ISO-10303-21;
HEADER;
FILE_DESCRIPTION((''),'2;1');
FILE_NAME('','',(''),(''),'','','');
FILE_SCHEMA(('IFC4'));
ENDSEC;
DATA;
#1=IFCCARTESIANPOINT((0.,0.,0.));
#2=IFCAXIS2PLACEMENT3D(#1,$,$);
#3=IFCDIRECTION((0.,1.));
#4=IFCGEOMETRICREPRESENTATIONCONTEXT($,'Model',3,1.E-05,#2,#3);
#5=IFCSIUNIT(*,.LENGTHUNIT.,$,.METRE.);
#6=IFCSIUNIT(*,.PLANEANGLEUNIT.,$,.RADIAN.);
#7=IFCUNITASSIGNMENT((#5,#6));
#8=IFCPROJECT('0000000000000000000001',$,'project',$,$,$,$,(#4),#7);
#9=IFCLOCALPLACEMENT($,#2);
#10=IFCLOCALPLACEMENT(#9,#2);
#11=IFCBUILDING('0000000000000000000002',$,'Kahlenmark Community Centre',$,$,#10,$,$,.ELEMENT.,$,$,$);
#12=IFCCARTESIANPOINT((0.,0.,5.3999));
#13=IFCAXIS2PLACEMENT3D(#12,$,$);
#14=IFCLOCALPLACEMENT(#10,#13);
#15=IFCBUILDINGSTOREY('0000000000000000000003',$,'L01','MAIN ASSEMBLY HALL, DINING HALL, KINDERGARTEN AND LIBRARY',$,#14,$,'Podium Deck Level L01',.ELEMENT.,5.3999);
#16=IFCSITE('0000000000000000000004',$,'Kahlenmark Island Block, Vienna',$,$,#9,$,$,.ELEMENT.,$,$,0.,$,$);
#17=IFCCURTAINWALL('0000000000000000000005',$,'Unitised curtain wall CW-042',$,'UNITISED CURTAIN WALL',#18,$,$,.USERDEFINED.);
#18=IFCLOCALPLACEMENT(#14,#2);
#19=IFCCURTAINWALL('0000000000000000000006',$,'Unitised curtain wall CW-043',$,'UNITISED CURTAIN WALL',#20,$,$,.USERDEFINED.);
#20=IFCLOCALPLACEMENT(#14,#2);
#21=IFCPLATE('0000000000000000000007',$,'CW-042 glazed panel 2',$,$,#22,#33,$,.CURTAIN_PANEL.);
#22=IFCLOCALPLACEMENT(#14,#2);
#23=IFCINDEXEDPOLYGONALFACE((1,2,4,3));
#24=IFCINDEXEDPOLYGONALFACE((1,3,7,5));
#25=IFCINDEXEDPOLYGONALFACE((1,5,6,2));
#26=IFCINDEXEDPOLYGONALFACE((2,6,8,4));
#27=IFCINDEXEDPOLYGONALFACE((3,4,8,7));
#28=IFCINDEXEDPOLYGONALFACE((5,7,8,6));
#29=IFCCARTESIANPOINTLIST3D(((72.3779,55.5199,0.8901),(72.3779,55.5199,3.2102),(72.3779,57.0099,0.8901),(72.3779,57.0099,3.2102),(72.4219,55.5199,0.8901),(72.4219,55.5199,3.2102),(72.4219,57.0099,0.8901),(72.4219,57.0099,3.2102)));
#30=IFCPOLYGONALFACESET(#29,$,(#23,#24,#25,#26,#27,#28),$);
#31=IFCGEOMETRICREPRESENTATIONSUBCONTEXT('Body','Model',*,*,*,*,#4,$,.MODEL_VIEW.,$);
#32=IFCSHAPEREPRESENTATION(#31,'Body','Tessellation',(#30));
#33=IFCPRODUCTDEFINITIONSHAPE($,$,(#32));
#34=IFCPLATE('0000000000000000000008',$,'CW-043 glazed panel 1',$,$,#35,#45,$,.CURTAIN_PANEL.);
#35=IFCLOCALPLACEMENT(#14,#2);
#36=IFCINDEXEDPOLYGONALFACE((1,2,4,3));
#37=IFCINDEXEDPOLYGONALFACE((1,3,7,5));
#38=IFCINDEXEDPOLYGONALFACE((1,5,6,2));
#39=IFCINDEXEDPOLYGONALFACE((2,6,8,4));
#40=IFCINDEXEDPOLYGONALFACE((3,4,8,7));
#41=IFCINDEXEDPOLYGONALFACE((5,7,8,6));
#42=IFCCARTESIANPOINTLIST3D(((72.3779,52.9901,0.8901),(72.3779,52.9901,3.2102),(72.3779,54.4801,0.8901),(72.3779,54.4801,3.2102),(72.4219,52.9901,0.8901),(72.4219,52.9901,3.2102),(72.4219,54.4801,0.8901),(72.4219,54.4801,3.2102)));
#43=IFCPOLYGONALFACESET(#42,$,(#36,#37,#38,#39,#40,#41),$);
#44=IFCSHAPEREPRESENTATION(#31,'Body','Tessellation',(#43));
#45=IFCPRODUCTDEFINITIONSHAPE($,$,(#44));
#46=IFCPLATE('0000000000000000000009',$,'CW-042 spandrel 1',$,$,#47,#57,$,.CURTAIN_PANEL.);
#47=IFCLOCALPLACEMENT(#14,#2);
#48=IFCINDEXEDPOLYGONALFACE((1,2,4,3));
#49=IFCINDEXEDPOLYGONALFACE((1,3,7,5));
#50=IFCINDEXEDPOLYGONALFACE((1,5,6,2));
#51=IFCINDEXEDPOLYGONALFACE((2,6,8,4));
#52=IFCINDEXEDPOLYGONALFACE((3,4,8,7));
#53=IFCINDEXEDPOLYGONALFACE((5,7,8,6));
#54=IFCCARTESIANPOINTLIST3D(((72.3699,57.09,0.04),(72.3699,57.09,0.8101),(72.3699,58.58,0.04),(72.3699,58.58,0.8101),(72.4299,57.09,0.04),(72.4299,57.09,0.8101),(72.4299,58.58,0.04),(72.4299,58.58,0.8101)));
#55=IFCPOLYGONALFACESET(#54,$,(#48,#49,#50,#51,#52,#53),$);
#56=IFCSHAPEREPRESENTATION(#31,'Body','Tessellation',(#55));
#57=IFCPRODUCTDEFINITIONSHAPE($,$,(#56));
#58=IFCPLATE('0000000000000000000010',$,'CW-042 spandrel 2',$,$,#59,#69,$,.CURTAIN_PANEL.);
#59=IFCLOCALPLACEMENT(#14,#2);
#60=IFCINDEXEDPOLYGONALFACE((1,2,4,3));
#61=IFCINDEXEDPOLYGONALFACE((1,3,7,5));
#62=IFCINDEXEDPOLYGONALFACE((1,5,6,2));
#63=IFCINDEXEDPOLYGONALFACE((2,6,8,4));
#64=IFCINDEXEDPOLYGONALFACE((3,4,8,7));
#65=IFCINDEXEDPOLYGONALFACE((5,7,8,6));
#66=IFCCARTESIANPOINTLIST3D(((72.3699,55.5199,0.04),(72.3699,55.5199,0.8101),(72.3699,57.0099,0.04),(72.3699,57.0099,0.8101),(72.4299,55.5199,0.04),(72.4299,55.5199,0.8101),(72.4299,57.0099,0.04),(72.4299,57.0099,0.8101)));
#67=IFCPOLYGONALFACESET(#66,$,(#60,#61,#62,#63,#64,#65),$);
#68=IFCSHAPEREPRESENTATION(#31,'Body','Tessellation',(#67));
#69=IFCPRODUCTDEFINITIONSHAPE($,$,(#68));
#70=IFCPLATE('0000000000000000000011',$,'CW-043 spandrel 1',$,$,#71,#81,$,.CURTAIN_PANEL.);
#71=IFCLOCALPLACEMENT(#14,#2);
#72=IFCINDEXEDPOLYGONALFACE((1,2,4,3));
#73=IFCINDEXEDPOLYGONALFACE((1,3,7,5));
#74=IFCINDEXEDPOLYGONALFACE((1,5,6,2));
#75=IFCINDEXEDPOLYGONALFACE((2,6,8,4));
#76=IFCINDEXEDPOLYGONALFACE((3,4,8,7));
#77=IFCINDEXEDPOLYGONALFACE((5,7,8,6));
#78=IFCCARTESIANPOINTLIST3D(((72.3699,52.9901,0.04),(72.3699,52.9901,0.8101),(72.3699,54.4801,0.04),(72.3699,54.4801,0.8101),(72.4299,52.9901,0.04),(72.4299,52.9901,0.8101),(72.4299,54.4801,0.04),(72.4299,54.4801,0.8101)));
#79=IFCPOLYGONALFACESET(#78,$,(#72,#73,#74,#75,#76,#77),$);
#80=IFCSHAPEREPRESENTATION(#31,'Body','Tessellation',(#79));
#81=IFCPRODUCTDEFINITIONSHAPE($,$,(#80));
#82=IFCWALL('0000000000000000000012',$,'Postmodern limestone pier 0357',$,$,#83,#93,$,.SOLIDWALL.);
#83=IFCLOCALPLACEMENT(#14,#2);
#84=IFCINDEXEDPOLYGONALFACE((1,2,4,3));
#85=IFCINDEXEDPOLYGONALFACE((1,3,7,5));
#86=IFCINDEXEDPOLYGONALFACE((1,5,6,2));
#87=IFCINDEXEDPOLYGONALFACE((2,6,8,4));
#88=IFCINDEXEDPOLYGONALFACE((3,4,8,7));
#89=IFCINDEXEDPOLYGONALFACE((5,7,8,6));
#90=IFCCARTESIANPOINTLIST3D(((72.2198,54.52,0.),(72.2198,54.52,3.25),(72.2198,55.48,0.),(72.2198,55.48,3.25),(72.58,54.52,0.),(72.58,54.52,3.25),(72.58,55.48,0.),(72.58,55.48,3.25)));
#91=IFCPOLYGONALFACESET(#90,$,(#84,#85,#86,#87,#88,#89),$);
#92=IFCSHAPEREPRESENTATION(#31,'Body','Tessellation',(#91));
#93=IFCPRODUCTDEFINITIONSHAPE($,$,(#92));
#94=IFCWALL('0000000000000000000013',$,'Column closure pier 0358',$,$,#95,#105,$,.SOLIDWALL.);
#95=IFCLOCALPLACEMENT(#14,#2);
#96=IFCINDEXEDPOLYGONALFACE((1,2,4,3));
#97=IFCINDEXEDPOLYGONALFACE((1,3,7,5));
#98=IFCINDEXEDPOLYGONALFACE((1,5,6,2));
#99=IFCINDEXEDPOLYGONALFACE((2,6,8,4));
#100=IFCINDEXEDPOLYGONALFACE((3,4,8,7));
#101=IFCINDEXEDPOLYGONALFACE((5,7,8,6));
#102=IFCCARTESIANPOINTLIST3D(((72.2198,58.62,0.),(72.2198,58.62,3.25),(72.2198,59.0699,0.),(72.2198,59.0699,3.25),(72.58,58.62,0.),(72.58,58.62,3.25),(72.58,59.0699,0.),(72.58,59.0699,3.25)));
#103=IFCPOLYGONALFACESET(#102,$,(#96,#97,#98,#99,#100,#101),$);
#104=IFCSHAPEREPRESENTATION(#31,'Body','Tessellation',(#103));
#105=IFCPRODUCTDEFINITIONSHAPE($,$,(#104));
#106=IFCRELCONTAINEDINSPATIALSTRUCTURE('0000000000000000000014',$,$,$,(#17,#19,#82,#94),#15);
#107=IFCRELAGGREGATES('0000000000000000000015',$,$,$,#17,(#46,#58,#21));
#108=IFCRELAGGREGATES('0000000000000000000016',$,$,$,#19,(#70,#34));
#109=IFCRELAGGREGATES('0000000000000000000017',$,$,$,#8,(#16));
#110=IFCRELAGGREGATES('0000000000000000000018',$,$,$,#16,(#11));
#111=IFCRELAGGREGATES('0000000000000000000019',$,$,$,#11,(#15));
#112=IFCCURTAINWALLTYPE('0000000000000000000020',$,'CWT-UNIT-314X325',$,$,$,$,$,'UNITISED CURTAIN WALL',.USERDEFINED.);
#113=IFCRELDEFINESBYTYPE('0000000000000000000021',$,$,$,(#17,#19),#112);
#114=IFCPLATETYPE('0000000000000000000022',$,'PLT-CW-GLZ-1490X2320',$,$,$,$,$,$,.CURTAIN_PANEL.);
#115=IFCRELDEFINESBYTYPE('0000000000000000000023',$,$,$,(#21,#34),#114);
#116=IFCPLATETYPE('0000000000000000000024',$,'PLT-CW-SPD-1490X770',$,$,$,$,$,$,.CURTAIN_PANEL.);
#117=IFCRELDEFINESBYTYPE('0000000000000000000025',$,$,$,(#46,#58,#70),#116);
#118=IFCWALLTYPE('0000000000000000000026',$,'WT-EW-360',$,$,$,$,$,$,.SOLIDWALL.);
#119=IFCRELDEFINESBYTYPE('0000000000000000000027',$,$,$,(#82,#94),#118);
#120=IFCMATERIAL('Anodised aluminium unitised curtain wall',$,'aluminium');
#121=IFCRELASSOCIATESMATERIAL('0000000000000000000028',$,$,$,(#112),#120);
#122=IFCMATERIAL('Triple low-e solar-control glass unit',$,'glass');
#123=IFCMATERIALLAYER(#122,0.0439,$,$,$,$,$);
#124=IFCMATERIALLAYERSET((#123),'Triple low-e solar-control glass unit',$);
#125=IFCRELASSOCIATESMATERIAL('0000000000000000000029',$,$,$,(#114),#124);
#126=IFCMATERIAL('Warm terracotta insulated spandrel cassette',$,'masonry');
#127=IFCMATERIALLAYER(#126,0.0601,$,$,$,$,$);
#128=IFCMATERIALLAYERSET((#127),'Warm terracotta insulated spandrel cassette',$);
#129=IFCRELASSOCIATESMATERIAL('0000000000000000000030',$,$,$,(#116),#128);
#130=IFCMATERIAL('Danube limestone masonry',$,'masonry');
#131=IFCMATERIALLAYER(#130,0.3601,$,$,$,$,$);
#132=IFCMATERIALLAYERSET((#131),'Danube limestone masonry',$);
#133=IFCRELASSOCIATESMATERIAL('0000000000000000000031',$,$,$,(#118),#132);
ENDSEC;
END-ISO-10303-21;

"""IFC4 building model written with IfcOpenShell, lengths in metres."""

from ifc_helpers import new_model, si_unit, direction, frame, frame_2d, origin, origin_2d, place, context, subcontext, project, spatial, rectangle, extrude, material, layer, layer_set, type_object, element, aggregate, save


model = new_model("IFC4")

# Units and contexts
model_context = context("Model", 3, precision=1e-05, world=origin(), true_north=direction((0.0, 1.0)))
body_context = subcontext(model_context, "Body", "Model", "MODEL_VIEW")
ifc_project = project(units=[si_unit("LENGTHUNIT", "METRE"), si_unit("PLANEANGLEUNIT", "RADIAN")], contexts=[model_context])

# Site, building, storey
site_placement = place(None, origin())
site = spatial("IfcSite", under=ifc_project, at=site_placement, Name="Kahlenmark Island Block, Vienna", CompositionType="ELEMENT", RefElevation=0.0)
building_placement = place(site_placement, origin())
building = spatial("IfcBuilding", under=site, at=building_placement, Name="Kahlenmark Community Centre", CompositionType="ELEMENT")
storey_placement = place(building_placement, frame((0.0, 0.0, 5.3999)))
storey = spatial("IfcBuildingStorey", under=building, at=storey_placement, Name="L01", Description="MAIN ASSEMBLY HALL, DINING HALL, KINDERGARTEN AND LIBRARY", LongName="Podium Deck Level L01", CompositionType="ELEMENT", Elevation=5.3999)

# Curtain wall
ifc_material_1 = material(Name="Anodised aluminium unitised curtain wall", Category="aluminium")
curtain_wall_type = type_object("IfcCurtainWallType", Name="CWT-UNIT-314X325", ElementType="UNITISED CURTAIN WALL", PredefinedType="USERDEFINED", material=ifc_material_1)
curtain_wall_1_placement = place(storey_placement, origin())
curtain_wall_1 = element("IfcCurtainWall", 1, at=curtain_wall_1_placement, inside=storey, type_object=curtain_wall_type, Name="Unitised curtain wall CW-042", ObjectType="UNITISED CURTAIN WALL", PredefinedType="USERDEFINED")

# Curtain wall
curtain_wall_2_placement = place(storey_placement, origin())
curtain_wall_2 = element("IfcCurtainWall", 2, at=curtain_wall_2_placement, inside=storey, type_object=curtain_wall_type, Name="Unitised curtain wall CW-043", ObjectType="UNITISED CURTAIN WALL", PredefinedType="USERDEFINED")

# Plates
ifc_material_2 = material(Name="Triple low-e solar-control glass unit", Category="glass")
ifc_layer_1 = layer(ifc_material_2, 0.0439)
ifc_layer_set_1 = layer_set([ifc_layer_1], Name="Triple low-e solar-control glass unit")
plate_type_1 = type_object("IfcPlateType", Name="PLT-CW-GLZ-1490X2320", PredefinedType="CURTAIN_PANEL", material=ifc_layer_set_1)
plate_1_placement = place(storey_placement, frame((72.3999, 56.2649, 0.8901), z_axis=(0.0, 0.0, 1.0), x_axis=(0.0, -1.0, 0.0)))
plate_1 = element("IfcPlate", 3, at=plate_1_placement, type_object=plate_type_1, Name="CW-042 glazed panel 2", PredefinedType="CURTAIN_PANEL", context=body_context, shape_type="SweptSolid", body=[
    extrude(rectangle(XDim=1.49, YDim=0.0439, at=origin_2d()), origin(), (0.0, 0.0, 1.0), 2.3201),
])
plate_2_placement = place(storey_placement, frame((72.3999, 53.7351, 0.8901), z_axis=(0.0, 0.0, 1.0), x_axis=(0.0, -1.0, 0.0)))
plate_2 = element("IfcPlate", 4, at=plate_2_placement, type_object=plate_type_1, Name="CW-043 glazed panel 1", PredefinedType="CURTAIN_PANEL", context=body_context, shape_type="SweptSolid", body=[
    extrude(rectangle(XDim=1.49, YDim=0.0439, at=origin_2d()), origin(), (0.0, 0.0, 1.0), 2.3201),
])
ifc_material_3 = material(Name="Warm terracotta insulated spandrel cassette", Category="masonry")
ifc_layer_2 = layer(ifc_material_3, 0.0601)
ifc_layer_set_2 = layer_set([ifc_layer_2], Name="Warm terracotta insulated spandrel cassette")
plate_type_2 = type_object("IfcPlateType", Name="PLT-CW-SPD-1490X770", PredefinedType="CURTAIN_PANEL", material=ifc_layer_set_2)
plate_3_placement = place(storey_placement, frame((72.3999, 57.835, 0.04), z_axis=(0.0, 0.0, 1.0), x_axis=(0.0, -1.0, 0.0)))
plate_3 = element("IfcPlate", 5, at=plate_3_placement, type_object=plate_type_2, Name="CW-042 spandrel 1", PredefinedType="CURTAIN_PANEL", context=body_context, shape_type="SweptSolid", body=[
    extrude(rectangle(XDim=1.49, YDim=0.0601, at=origin_2d()), origin(), (0.0, 0.0, 1.0), 0.77),
])
plate_4_placement = place(storey_placement, frame((72.3999, 56.2649, 0.04), z_axis=(0.0, 0.0, 1.0), x_axis=(0.0, -1.0, 0.0)))
plate_4 = element("IfcPlate", 6, at=plate_4_placement, type_object=plate_type_2, Name="CW-042 spandrel 2", PredefinedType="CURTAIN_PANEL", context=body_context, shape_type="SweptSolid", body=[
    extrude(rectangle(XDim=1.49, YDim=0.0601, at=origin_2d()), origin(), (0.0, 0.0, 1.0), 0.77),
])
aggregate(curtain_wall_1, [plate_3, plate_4, plate_1])
plate_5_placement = place(storey_placement, frame((72.3999, 53.7351, 0.04), z_axis=(0.0, 0.0, 1.0), x_axis=(0.0, -1.0, 0.0)))
plate_5 = element("IfcPlate", 7, at=plate_5_placement, type_object=plate_type_2, Name="CW-043 spandrel 1", PredefinedType="CURTAIN_PANEL", context=body_context, shape_type="SweptSolid", body=[
    extrude(rectangle(XDim=1.49, YDim=0.0601, at=origin_2d()), origin(), (0.0, 0.0, 1.0), 0.77),
])
aggregate(curtain_wall_2, [plate_5, plate_2])

# Walls
ifc_material_4 = material(Name="Danube limestone masonry", Category="masonry")
ifc_layer_3 = layer(ifc_material_4, 0.3601)
ifc_layer_set_3 = layer_set([ifc_layer_3], Name="Danube limestone masonry")
wall_type = type_object("IfcWallType", Name="WT-EW-360", PredefinedType="SOLIDWALL", material=ifc_layer_set_3)
wall_1_placement = place(storey_placement, frame((72.3999, 55.48, 0.0), z_axis=(0.0, 0.0, 1.0), x_axis=(0.0, -1.0, 0.0)))
element("IfcWall", 8, at=wall_1_placement, inside=storey, type_object=wall_type, Name="Postmodern limestone pier 0357", PredefinedType="SOLIDWALL", context=body_context, shape_type="SweptSolid", body=[
    extrude(rectangle(XDim=0.96, YDim=0.3601, at=frame_2d((0.48, 0.0))), origin(), (0.0, 0.0, 1.0), 3.25),
])
wall_2_placement = place(storey_placement, frame((72.3999, 59.0701, 0.0), z_axis=(0.0, 0.0, 1.0), x_axis=(0.0, -1.0, 0.0)))
element("IfcWall", 9, at=wall_2_placement, inside=storey, type_object=wall_type, Name="Column closure pier 0358", PredefinedType="SOLIDWALL", context=body_context, shape_type="SweptSolid", body=[
    extrude(rectangle(XDim=0.45, YDim=0.3601, at=frame_2d((0.2251, 0.0))), origin(), (0.0, 0.0, 1.0), 3.25),
])

save(model, "model.ifc")
